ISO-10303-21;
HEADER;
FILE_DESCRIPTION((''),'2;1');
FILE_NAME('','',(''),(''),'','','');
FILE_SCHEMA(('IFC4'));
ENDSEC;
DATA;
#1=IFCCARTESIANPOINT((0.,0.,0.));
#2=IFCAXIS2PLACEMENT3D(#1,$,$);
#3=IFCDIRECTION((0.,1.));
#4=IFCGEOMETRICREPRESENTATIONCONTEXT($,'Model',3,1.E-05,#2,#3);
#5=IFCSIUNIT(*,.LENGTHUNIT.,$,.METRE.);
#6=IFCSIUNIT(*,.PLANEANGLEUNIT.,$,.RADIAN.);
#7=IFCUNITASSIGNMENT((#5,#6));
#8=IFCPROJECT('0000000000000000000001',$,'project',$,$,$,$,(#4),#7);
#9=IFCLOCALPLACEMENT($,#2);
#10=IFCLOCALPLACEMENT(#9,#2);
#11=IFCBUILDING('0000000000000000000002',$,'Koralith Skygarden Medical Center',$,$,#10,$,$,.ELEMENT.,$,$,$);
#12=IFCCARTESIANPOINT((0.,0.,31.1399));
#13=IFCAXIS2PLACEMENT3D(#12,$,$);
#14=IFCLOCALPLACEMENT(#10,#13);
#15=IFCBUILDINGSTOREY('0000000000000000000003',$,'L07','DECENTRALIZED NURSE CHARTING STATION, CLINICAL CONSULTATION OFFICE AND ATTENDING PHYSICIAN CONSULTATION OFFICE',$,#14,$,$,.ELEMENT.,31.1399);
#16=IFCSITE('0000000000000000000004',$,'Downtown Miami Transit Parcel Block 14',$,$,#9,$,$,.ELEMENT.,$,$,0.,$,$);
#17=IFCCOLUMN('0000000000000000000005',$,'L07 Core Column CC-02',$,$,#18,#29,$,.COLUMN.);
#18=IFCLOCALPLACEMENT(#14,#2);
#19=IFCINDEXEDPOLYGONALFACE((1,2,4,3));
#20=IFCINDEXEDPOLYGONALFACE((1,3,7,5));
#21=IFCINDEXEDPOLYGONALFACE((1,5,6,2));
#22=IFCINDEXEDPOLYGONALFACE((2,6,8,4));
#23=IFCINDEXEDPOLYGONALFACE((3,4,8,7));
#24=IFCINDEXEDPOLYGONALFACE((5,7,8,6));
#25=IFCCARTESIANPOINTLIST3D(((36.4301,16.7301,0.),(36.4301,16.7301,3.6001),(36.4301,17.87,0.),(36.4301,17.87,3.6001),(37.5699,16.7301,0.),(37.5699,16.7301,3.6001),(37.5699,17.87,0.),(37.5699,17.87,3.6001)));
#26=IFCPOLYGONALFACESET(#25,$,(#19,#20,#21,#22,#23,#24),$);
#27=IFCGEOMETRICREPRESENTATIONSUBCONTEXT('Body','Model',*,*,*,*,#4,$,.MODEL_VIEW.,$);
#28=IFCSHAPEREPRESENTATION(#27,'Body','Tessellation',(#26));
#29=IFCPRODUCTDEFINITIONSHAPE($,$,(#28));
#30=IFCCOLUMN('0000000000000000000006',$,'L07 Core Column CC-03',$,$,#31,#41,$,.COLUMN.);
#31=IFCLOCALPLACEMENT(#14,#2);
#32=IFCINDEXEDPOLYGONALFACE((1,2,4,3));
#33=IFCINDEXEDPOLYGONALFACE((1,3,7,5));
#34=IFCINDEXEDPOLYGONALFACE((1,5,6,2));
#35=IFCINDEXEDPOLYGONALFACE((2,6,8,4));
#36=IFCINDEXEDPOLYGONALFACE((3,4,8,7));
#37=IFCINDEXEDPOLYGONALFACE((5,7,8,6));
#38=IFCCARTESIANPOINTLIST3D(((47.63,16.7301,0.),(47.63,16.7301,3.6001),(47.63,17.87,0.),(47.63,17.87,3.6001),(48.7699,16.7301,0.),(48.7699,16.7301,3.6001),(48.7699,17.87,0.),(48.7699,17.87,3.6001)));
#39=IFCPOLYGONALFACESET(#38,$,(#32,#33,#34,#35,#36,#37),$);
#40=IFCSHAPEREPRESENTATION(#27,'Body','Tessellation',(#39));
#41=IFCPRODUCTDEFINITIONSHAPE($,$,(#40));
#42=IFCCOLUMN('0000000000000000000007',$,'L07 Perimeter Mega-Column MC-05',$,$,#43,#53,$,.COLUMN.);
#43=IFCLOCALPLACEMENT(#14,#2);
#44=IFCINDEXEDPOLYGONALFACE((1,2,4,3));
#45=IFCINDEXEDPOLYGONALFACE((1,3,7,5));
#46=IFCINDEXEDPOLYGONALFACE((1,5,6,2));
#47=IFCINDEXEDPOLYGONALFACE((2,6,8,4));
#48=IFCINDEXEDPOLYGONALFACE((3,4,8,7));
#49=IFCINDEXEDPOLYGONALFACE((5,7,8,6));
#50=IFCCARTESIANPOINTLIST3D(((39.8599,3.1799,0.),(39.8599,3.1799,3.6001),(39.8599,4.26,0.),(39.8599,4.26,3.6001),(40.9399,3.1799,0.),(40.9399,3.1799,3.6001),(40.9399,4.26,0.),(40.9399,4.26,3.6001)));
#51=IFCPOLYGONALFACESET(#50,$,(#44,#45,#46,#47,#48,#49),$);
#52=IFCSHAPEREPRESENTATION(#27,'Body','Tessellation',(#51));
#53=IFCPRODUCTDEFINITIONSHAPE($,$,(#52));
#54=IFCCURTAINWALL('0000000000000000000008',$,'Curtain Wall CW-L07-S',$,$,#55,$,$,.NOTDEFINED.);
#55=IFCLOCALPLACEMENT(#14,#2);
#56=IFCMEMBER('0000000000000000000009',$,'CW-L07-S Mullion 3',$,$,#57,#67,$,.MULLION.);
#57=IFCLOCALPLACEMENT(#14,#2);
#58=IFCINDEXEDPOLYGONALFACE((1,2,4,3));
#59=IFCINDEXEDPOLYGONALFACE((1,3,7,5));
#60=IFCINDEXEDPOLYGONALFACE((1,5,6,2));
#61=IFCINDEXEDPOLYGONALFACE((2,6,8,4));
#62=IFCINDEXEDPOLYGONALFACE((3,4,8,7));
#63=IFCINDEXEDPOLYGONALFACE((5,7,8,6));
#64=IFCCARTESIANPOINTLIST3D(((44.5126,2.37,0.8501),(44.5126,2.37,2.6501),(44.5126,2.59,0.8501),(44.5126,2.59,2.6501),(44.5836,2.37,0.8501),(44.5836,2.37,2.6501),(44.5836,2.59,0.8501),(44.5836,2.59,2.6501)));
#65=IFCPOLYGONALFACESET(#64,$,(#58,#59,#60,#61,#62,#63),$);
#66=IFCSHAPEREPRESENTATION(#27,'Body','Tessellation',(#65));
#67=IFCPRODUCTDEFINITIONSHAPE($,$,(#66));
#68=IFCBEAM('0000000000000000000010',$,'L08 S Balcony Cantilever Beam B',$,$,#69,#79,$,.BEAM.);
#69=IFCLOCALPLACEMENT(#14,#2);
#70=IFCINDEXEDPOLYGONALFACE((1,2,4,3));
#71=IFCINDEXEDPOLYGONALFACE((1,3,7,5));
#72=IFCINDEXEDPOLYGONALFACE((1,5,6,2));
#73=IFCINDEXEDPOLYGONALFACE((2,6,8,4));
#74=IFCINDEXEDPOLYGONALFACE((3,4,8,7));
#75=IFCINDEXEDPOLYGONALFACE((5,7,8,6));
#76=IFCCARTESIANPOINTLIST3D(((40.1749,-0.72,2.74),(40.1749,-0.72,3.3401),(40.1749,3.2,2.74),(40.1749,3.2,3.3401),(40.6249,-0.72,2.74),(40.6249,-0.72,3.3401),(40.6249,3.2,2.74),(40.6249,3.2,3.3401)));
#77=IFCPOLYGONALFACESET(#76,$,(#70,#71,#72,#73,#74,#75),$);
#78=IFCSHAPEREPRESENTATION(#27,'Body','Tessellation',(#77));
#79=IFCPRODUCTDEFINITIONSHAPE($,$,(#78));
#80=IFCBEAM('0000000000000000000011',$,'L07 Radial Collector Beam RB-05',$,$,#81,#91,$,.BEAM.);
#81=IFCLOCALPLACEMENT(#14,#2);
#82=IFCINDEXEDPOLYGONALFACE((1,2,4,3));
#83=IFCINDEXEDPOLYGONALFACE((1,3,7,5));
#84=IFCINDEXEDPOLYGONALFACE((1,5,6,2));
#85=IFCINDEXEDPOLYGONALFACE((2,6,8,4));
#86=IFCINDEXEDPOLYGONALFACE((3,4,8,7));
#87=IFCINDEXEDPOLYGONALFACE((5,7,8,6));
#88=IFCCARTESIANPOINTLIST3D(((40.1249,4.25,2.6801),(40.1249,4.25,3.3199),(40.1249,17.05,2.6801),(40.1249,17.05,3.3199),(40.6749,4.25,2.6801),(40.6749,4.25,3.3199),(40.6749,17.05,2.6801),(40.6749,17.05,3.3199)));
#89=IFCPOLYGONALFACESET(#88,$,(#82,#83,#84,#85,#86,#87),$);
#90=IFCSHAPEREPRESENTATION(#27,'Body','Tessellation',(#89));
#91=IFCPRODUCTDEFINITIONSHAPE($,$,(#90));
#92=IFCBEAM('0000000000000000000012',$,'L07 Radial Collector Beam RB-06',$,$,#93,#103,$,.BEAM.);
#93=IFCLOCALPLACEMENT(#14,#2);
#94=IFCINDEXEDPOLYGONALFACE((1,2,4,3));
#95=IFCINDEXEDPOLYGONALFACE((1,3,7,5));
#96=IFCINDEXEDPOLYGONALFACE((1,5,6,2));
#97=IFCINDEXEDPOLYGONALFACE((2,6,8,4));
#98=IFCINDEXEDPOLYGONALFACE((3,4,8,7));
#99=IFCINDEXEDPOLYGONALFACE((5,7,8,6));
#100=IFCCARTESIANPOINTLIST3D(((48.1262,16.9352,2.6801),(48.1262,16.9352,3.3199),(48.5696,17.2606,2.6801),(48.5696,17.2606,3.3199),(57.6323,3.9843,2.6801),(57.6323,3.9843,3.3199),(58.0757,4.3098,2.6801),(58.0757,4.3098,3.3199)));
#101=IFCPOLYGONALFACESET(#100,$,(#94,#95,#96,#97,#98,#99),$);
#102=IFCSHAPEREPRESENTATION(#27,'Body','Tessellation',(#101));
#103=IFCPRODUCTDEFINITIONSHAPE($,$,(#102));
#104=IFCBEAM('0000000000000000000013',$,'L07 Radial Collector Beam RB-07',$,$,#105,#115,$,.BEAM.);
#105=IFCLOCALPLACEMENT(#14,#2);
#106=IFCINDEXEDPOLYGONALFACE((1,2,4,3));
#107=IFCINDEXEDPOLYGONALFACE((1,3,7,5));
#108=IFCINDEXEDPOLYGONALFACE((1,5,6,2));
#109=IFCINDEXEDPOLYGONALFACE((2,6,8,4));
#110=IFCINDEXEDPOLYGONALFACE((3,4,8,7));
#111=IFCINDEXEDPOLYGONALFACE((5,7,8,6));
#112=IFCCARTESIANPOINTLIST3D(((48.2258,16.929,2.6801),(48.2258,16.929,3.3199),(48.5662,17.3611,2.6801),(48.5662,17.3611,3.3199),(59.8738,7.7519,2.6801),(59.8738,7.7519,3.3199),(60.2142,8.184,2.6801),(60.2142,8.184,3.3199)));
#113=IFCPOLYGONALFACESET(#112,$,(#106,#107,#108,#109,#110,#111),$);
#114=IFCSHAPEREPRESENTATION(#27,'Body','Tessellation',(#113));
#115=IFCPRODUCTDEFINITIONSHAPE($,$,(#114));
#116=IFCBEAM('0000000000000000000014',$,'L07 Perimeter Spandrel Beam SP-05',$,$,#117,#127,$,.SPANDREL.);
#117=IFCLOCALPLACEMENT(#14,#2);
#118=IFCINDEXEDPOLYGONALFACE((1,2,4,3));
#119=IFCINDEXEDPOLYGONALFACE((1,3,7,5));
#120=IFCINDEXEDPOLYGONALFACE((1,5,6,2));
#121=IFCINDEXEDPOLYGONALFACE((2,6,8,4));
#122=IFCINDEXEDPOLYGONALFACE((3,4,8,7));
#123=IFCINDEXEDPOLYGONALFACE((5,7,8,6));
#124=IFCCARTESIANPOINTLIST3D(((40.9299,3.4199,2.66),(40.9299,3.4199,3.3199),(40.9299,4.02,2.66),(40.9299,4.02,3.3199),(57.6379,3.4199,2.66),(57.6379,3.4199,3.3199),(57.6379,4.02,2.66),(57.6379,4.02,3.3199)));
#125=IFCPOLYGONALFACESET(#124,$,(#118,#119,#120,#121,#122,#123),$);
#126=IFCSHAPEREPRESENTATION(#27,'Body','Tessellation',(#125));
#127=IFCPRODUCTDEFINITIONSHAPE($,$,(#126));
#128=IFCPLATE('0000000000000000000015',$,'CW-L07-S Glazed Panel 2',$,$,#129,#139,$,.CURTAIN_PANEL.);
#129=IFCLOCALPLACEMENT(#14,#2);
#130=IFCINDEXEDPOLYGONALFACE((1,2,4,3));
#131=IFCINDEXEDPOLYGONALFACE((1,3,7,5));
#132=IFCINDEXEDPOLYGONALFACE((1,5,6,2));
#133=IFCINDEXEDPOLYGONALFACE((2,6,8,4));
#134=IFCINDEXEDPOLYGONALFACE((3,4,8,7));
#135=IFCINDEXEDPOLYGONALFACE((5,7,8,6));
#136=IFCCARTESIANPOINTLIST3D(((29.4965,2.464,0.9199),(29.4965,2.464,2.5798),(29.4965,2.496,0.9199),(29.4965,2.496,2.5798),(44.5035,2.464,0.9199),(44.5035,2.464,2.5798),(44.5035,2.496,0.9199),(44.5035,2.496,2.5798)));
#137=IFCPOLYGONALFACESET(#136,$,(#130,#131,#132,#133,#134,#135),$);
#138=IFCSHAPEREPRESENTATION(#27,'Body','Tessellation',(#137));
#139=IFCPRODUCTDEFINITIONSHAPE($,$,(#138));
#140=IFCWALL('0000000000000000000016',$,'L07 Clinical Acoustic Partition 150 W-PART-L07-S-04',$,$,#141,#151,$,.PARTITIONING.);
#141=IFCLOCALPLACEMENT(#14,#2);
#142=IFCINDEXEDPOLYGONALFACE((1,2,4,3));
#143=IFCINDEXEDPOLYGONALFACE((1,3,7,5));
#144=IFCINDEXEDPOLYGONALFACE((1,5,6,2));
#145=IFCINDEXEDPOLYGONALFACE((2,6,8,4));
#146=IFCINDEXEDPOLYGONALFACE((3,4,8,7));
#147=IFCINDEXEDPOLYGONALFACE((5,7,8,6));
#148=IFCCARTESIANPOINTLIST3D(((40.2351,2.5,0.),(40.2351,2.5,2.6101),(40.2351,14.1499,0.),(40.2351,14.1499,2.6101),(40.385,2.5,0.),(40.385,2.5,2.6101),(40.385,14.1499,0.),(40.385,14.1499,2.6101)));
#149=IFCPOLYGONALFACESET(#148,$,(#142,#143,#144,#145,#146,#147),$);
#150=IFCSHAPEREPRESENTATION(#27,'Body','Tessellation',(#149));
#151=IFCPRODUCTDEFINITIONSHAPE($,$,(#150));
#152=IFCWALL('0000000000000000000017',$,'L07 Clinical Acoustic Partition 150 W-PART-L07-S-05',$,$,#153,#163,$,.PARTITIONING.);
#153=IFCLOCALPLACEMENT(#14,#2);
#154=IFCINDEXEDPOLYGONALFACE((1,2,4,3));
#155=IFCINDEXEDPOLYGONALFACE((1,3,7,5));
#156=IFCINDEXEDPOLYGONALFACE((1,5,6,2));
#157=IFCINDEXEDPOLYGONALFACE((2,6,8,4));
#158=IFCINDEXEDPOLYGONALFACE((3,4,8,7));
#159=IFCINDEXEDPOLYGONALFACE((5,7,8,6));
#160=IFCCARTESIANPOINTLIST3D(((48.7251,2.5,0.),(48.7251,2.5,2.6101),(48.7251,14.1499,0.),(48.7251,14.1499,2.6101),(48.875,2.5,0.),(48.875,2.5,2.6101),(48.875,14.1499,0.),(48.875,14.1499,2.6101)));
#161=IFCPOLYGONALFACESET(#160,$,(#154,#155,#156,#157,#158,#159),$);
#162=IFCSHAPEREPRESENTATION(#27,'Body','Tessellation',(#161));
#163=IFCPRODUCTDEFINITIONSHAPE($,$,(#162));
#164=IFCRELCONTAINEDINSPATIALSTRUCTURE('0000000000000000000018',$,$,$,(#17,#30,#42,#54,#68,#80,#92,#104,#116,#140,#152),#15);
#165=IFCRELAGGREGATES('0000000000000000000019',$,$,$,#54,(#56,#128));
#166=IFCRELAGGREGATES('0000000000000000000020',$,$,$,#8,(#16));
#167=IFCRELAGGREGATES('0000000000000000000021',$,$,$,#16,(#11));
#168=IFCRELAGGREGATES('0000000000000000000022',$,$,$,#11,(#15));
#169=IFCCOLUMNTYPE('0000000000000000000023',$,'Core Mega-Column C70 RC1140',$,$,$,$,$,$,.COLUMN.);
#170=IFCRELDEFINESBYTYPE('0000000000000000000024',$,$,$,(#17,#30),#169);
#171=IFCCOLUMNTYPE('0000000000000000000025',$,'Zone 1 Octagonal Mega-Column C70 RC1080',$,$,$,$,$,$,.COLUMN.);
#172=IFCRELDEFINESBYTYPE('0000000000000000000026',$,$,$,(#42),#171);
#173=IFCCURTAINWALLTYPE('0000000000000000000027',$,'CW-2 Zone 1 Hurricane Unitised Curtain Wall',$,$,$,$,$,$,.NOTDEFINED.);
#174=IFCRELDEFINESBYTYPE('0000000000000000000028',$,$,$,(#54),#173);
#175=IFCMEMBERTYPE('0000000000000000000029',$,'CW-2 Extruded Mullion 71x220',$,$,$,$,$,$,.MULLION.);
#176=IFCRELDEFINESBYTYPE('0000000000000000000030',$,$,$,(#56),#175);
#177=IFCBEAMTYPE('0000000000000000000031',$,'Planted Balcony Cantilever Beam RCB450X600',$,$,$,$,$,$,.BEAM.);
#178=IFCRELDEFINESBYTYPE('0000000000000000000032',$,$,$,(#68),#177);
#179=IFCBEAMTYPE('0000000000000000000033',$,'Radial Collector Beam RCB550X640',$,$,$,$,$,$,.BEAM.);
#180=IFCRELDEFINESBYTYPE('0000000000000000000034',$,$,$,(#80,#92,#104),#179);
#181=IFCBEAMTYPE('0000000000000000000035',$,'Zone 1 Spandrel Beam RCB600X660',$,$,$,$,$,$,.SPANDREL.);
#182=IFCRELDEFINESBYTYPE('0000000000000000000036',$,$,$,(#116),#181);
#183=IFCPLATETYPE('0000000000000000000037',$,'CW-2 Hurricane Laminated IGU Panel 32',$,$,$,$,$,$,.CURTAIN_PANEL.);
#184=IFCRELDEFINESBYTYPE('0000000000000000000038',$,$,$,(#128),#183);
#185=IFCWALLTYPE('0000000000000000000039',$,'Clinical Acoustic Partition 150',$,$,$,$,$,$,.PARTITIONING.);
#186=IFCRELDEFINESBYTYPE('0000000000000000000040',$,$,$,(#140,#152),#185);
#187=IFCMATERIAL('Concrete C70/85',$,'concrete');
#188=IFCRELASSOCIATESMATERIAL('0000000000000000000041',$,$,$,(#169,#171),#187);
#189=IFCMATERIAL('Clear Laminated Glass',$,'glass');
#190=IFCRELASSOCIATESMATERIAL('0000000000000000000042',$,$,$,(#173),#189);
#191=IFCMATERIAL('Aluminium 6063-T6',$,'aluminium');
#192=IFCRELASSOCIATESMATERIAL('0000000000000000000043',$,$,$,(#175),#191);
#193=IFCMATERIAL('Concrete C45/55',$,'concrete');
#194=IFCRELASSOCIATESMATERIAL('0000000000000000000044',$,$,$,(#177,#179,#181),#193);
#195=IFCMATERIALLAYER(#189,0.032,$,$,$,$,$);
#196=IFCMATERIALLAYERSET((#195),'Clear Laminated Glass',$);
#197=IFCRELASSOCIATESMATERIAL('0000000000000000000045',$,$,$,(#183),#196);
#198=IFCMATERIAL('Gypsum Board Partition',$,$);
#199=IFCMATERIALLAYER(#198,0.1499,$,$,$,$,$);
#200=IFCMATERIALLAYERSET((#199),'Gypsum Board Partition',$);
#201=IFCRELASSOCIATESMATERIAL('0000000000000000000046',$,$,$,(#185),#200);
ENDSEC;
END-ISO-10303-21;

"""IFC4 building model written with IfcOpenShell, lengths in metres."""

from ifc_helpers import new_model, si_unit, direction, frame, frame_2d, origin, origin_2d, place, context, subcontext, project, spatial, rectangle, extrude, material, layer, layer_set, material_profile, profile_set, type_object, element, aggregate, save


model = new_model("IFC4")

# Units and contexts
model_context = context("Model", 3, precision=1e-05, world=origin(), true_north=direction((0.0, 1.0)))
body_context = subcontext(model_context, "Body", "Model", "MODEL_VIEW")
ifc_project = project(units=[si_unit("LENGTHUNIT", "METRE"), si_unit("PLANEANGLEUNIT", "RADIAN")], contexts=[model_context])

# Site, building, storey
site_placement = place(None, origin())
site = spatial("IfcSite", under=ifc_project, at=site_placement, Name="Downtown Miami Transit Parcel Block 14", CompositionType="ELEMENT", RefElevation=0.0)
building_placement = place(site_placement, origin())
building = spatial("IfcBuilding", under=site, at=building_placement, Name="Koralith Skygarden Medical Center", CompositionType="ELEMENT")
storey_placement = place(building_placement, frame((0.0, 0.0, 31.1399)))
storey = spatial("IfcBuildingStorey", under=building, at=storey_placement, Name="L07", Description="DECENTRALIZED NURSE CHARTING STATION, CLINICAL CONSULTATION OFFICE AND ATTENDING PHYSICIAN CONSULTATION OFFICE", CompositionType="ELEMENT", Elevation=31.1399)

# Columns
ifc_material_1 = material(Name="Concrete C70/85", Category="concrete")
ifc_material_profile_1 = material_profile(ifc_material_1, rectangle(XDim=1.1399, YDim=1.1399, at=origin_2d()), Name="RC1140X1140")
ifc_profile_set_1 = profile_set([ifc_material_profile_1], Name="Concrete C70/85")
column_type_1 = type_object("IfcColumnType", Name="Core Mega-Column C70 RC1140", PredefinedType="COLUMN", material=ifc_profile_set_1)
for number, where, z_axis, x_axis, name in (
    (1, (37.0, 17.3, 0.0), (0.0, 0.0, 1.0), (1.0, 0.0, 0.0), "L07 Core Column CC-02"),
    (2, (48.2, 17.3, 0.0), (0.0, 0.0, 1.0), (1.0, 0.0, 0.0), "L07 Core Column CC-03"),
):
    element("IfcColumn", number, at=place(storey_placement, frame(where, z_axis=z_axis, x_axis=x_axis)), inside=storey, type_object=column_type_1, Name=name, PredefinedType="COLUMN", context=body_context, shape_type="SweptSolid", body=[
        extrude(rectangle(XDim=1.1399, YDim=1.1399, at=origin_2d()), origin(), (0.0, 0.0, 1.0), 3.6001),
    ])
ifc_material_profile_2 = material_profile(ifc_material_1, rectangle(XDim=1.0801, YDim=1.0801, at=origin_2d()), Name="RC1080X1080")
ifc_profile_set_2 = profile_set([ifc_material_profile_2], Name="Concrete C70/85")
column_type_2 = type_object("IfcColumnType", Name="Zone 1 Octagonal Mega-Column C70 RC1080", PredefinedType="COLUMN", material=ifc_profile_set_2)
column_placement = place(storey_placement, frame((40.3999, 3.72, 0.0), z_axis=(0.0, 0.0, 1.0), x_axis=(1.0, 0.0, 0.0)))
element("IfcColumn", 3, at=column_placement, inside=storey, type_object=column_type_2, Name="L07 Perimeter Mega-Column MC-05", PredefinedType="COLUMN", context=body_context, shape_type="SweptSolid", body=[
    extrude(rectangle(XDim=1.0801, YDim=1.0801, at=origin_2d()), origin(), (0.0, 0.0, 1.0), 3.6001),
])

# Curtain wall, member
ifc_material_2 = material(Name="Clear Laminated Glass", Category="glass")
curtain_wall_type = type_object("IfcCurtainWallType", Name="CW-2 Zone 1 Hurricane Unitised Curtain Wall", PredefinedType="NOTDEFINED", material=ifc_material_2)
curtain_wall_placement = place(storey_placement, origin())
curtain_wall = element("IfcCurtainWall", 4, at=curtain_wall_placement, inside=storey, type_object=curtain_wall_type, Name="Curtain Wall CW-L07-S", PredefinedType="NOTDEFINED")
ifc_material_3 = material(Name="Aluminium 6063-T6", Category="aluminium")
ifc_material_profile_3 = material_profile(ifc_material_3, rectangle(XDim=0.071, YDim=0.22, at=origin_2d()), Name="MUL71X220")
ifc_profile_set_3 = profile_set([ifc_material_profile_3], Name="Aluminium 6063-T6")
member_type = type_object("IfcMemberType", Name="CW-2 Extruded Mullion 71x220", PredefinedType="MULLION", material=ifc_profile_set_3)
member_placement = place(storey_placement, frame((44.5481, 2.48, 0.8501), z_axis=(0.0, 0.0, 1.0), x_axis=(1.0, 0.0, 0.0)))
member = element("IfcMember", 5, at=member_placement, type_object=member_type, Name="CW-L07-S Mullion 3", PredefinedType="MULLION", context=body_context, shape_type="SweptSolid", body=[
    extrude(rectangle(XDim=0.071, YDim=0.22, at=origin_2d()), origin(), (0.0, 0.0, 1.0), 1.8),
])

# Beams
ifc_material_4 = material(Name="Concrete C45/55", Category="concrete")
ifc_material_profile_4 = material_profile(ifc_material_4, rectangle(XDim=0.45, YDim=0.6001, at=origin_2d()), Name="RCB450X600")
ifc_profile_set_4 = profile_set([ifc_material_profile_4], Name="Concrete C45/55")
beam_type_1 = type_object("IfcBeamType", Name="Planted Balcony Cantilever Beam RCB450X600", PredefinedType="BEAM", material=ifc_profile_set_4)
beam_1_placement = place(storey_placement, frame((40.3999, 3.2, 3.04), z_axis=(0.0, -1.0, 0.0), x_axis=(1.0, 0.0, 0.0)))
element("IfcBeam", 6, at=beam_1_placement, inside=storey, type_object=beam_type_1, Name="L08 S Balcony Cantilever Beam B", PredefinedType="BEAM", context=body_context, shape_type="SweptSolid", body=[
    extrude(rectangle(XDim=0.45, YDim=0.6001, at=origin_2d()), origin(), (0.0, 0.0, 1.0), 3.9199),
])
ifc_material_profile_5 = material_profile(ifc_material_4, rectangle(XDim=0.55, YDim=0.6399, at=origin_2d()), Name="RCB550X640")
ifc_profile_set_5 = profile_set([ifc_material_profile_5], Name="Concrete C45/55")
beam_type_2 = type_object("IfcBeamType", Name="Radial Collector Beam RCB550X640", PredefinedType="BEAM", material=ifc_profile_set_5)
beam_2_placement = place(storey_placement, frame((40.3999, 17.05, 3.0), z_axis=(0.0, -1.0, 0.0), x_axis=(1.0, 0.0, 0.0)))
element("IfcBeam", 7, at=beam_2_placement, inside=storey, type_object=beam_type_2, Name="L07 Radial Collector Beam RB-05", PredefinedType="BEAM", context=body_context, shape_type="SweptSolid", body=[
    extrude(rectangle(XDim=0.55, YDim=0.6399, at=origin_2d()), origin(), (0.0, 0.0, 1.0), 12.8),
])
beam_3_placement = place(storey_placement, frame((48.3479, 17.0979, 3.0), z_axis=(0.591718, -0.806145, 0.0), x_axis=(0.806145, 0.591718, 0.0)))
element("IfcBeam", 8, at=beam_3_placement, inside=storey, type_object=beam_type_2, Name="L07 Radial Collector Beam RB-06", PredefinedType="BEAM", context=body_context, shape_type="SweptSolid", body=[
    extrude(rectangle(XDim=0.55, YDim=0.6399, at=origin_2d()), origin(), (0.0, 0.0, 1.0), 16.0652),
])
beam_4_placement = place(storey_placement, frame((48.396, 17.145, 3.0), z_axis=(0.785497, -0.618865, 0.0), x_axis=(0.618865, 0.785497, 0.0)))
element("IfcBeam", 9, at=beam_4_placement, inside=storey, type_object=beam_type_2, Name="L07 Radial Collector Beam RB-07", PredefinedType="BEAM", context=body_context, shape_type="SweptSolid", body=[
    extrude(rectangle(XDim=0.55, YDim=0.6399, at=origin_2d()), origin(), (0.0, 0.0, 1.0), 14.8289),
])
ifc_material_profile_6 = material_profile(ifc_material_4, rectangle(XDim=0.6001, YDim=0.6599, at=origin_2d()), Name="RCB600X660")
ifc_profile_set_6 = profile_set([ifc_material_profile_6], Name="Concrete C45/55")
beam_type_3 = type_object("IfcBeamType", Name="Zone 1 Spandrel Beam RCB600X660", PredefinedType="SPANDREL", material=ifc_profile_set_6)
beam_5_placement = place(storey_placement, frame((40.9299, 3.72, 2.99), z_axis=(1.0, 0.0, 0.0), x_axis=(0.0, 1.0, 0.0)))
element("IfcBeam", 10, at=beam_5_placement, inside=storey, type_object=beam_type_3, Name="L07 Perimeter Spandrel Beam SP-05", PredefinedType="SPANDREL", context=body_context, shape_type="SweptSolid", body=[
    extrude(rectangle(XDim=0.6001, YDim=0.6599, at=origin_2d()), origin(), (0.0, 0.0, 1.0), 16.708),
])

# Plate
ifc_layer_1 = layer(ifc_material_2, 0.032)
ifc_layer_set_1 = layer_set([ifc_layer_1], Name="Clear Laminated Glass")
plate_type = type_object("IfcPlateType", Name="CW-2 Hurricane Laminated IGU Panel 32", PredefinedType="CURTAIN_PANEL", material=ifc_layer_set_1)
plate_placement = place(storey_placement, frame((37.0, 2.48, 0.9199), z_axis=(0.0, 0.0, 1.0), x_axis=(1.0, 0.0, 0.0)))
plate = element("IfcPlate", 11, at=plate_placement, type_object=plate_type, Name="CW-L07-S Glazed Panel 2", PredefinedType="CURTAIN_PANEL", context=body_context, shape_type="SweptSolid", body=[
    extrude(rectangle(XDim=15.0071, YDim=0.032, at=origin_2d()), origin(), (0.0, 0.0, 1.0), 1.6599),
])
aggregate(curtain_wall, [member, plate])

# Walls
ifc_material_5 = material(Name="Gypsum Board Partition")
ifc_layer_2 = layer(ifc_material_5, 0.1499)
ifc_layer_set_2 = layer_set([ifc_layer_2], Name="Gypsum Board Partition")
wall_type_1 = type_object("IfcWallType", Name="Clinical Acoustic Partition 150", PredefinedType="PARTITIONING", material=ifc_layer_set_2)
for number, where, z_axis, x_axis, name in (
    (12, (40.3101, 14.1499, 0.0), (0.0, 0.0, 1.0), (0.0, -1.0, 0.0), "L07 Clinical Acoustic Partition 150 W-PART-L07-S-04"),
    (13, (48.8, 14.1499, 0.0), (0.0, 0.0, 1.0), (0.0, -1.0, 0.0), "L07 Clinical Acoustic Partition 150 W-PART-L07-S-05"),
):
    element("IfcWall", number, at=place(storey_placement, frame(where, z_axis=z_axis, x_axis=x_axis)), inside=storey, type_object=wall_type_1, Name=name, PredefinedType="PARTITIONING", context=body_context, shape_type="SweptSolid", body=[
        extrude(rectangle(XDim=11.6499, YDim=0.1499, at=frame_2d((5.825, 0.0))), origin(), (0.0, 0.0, 1.0), 2.6101),
    ])

save(model, "model.ifc")
